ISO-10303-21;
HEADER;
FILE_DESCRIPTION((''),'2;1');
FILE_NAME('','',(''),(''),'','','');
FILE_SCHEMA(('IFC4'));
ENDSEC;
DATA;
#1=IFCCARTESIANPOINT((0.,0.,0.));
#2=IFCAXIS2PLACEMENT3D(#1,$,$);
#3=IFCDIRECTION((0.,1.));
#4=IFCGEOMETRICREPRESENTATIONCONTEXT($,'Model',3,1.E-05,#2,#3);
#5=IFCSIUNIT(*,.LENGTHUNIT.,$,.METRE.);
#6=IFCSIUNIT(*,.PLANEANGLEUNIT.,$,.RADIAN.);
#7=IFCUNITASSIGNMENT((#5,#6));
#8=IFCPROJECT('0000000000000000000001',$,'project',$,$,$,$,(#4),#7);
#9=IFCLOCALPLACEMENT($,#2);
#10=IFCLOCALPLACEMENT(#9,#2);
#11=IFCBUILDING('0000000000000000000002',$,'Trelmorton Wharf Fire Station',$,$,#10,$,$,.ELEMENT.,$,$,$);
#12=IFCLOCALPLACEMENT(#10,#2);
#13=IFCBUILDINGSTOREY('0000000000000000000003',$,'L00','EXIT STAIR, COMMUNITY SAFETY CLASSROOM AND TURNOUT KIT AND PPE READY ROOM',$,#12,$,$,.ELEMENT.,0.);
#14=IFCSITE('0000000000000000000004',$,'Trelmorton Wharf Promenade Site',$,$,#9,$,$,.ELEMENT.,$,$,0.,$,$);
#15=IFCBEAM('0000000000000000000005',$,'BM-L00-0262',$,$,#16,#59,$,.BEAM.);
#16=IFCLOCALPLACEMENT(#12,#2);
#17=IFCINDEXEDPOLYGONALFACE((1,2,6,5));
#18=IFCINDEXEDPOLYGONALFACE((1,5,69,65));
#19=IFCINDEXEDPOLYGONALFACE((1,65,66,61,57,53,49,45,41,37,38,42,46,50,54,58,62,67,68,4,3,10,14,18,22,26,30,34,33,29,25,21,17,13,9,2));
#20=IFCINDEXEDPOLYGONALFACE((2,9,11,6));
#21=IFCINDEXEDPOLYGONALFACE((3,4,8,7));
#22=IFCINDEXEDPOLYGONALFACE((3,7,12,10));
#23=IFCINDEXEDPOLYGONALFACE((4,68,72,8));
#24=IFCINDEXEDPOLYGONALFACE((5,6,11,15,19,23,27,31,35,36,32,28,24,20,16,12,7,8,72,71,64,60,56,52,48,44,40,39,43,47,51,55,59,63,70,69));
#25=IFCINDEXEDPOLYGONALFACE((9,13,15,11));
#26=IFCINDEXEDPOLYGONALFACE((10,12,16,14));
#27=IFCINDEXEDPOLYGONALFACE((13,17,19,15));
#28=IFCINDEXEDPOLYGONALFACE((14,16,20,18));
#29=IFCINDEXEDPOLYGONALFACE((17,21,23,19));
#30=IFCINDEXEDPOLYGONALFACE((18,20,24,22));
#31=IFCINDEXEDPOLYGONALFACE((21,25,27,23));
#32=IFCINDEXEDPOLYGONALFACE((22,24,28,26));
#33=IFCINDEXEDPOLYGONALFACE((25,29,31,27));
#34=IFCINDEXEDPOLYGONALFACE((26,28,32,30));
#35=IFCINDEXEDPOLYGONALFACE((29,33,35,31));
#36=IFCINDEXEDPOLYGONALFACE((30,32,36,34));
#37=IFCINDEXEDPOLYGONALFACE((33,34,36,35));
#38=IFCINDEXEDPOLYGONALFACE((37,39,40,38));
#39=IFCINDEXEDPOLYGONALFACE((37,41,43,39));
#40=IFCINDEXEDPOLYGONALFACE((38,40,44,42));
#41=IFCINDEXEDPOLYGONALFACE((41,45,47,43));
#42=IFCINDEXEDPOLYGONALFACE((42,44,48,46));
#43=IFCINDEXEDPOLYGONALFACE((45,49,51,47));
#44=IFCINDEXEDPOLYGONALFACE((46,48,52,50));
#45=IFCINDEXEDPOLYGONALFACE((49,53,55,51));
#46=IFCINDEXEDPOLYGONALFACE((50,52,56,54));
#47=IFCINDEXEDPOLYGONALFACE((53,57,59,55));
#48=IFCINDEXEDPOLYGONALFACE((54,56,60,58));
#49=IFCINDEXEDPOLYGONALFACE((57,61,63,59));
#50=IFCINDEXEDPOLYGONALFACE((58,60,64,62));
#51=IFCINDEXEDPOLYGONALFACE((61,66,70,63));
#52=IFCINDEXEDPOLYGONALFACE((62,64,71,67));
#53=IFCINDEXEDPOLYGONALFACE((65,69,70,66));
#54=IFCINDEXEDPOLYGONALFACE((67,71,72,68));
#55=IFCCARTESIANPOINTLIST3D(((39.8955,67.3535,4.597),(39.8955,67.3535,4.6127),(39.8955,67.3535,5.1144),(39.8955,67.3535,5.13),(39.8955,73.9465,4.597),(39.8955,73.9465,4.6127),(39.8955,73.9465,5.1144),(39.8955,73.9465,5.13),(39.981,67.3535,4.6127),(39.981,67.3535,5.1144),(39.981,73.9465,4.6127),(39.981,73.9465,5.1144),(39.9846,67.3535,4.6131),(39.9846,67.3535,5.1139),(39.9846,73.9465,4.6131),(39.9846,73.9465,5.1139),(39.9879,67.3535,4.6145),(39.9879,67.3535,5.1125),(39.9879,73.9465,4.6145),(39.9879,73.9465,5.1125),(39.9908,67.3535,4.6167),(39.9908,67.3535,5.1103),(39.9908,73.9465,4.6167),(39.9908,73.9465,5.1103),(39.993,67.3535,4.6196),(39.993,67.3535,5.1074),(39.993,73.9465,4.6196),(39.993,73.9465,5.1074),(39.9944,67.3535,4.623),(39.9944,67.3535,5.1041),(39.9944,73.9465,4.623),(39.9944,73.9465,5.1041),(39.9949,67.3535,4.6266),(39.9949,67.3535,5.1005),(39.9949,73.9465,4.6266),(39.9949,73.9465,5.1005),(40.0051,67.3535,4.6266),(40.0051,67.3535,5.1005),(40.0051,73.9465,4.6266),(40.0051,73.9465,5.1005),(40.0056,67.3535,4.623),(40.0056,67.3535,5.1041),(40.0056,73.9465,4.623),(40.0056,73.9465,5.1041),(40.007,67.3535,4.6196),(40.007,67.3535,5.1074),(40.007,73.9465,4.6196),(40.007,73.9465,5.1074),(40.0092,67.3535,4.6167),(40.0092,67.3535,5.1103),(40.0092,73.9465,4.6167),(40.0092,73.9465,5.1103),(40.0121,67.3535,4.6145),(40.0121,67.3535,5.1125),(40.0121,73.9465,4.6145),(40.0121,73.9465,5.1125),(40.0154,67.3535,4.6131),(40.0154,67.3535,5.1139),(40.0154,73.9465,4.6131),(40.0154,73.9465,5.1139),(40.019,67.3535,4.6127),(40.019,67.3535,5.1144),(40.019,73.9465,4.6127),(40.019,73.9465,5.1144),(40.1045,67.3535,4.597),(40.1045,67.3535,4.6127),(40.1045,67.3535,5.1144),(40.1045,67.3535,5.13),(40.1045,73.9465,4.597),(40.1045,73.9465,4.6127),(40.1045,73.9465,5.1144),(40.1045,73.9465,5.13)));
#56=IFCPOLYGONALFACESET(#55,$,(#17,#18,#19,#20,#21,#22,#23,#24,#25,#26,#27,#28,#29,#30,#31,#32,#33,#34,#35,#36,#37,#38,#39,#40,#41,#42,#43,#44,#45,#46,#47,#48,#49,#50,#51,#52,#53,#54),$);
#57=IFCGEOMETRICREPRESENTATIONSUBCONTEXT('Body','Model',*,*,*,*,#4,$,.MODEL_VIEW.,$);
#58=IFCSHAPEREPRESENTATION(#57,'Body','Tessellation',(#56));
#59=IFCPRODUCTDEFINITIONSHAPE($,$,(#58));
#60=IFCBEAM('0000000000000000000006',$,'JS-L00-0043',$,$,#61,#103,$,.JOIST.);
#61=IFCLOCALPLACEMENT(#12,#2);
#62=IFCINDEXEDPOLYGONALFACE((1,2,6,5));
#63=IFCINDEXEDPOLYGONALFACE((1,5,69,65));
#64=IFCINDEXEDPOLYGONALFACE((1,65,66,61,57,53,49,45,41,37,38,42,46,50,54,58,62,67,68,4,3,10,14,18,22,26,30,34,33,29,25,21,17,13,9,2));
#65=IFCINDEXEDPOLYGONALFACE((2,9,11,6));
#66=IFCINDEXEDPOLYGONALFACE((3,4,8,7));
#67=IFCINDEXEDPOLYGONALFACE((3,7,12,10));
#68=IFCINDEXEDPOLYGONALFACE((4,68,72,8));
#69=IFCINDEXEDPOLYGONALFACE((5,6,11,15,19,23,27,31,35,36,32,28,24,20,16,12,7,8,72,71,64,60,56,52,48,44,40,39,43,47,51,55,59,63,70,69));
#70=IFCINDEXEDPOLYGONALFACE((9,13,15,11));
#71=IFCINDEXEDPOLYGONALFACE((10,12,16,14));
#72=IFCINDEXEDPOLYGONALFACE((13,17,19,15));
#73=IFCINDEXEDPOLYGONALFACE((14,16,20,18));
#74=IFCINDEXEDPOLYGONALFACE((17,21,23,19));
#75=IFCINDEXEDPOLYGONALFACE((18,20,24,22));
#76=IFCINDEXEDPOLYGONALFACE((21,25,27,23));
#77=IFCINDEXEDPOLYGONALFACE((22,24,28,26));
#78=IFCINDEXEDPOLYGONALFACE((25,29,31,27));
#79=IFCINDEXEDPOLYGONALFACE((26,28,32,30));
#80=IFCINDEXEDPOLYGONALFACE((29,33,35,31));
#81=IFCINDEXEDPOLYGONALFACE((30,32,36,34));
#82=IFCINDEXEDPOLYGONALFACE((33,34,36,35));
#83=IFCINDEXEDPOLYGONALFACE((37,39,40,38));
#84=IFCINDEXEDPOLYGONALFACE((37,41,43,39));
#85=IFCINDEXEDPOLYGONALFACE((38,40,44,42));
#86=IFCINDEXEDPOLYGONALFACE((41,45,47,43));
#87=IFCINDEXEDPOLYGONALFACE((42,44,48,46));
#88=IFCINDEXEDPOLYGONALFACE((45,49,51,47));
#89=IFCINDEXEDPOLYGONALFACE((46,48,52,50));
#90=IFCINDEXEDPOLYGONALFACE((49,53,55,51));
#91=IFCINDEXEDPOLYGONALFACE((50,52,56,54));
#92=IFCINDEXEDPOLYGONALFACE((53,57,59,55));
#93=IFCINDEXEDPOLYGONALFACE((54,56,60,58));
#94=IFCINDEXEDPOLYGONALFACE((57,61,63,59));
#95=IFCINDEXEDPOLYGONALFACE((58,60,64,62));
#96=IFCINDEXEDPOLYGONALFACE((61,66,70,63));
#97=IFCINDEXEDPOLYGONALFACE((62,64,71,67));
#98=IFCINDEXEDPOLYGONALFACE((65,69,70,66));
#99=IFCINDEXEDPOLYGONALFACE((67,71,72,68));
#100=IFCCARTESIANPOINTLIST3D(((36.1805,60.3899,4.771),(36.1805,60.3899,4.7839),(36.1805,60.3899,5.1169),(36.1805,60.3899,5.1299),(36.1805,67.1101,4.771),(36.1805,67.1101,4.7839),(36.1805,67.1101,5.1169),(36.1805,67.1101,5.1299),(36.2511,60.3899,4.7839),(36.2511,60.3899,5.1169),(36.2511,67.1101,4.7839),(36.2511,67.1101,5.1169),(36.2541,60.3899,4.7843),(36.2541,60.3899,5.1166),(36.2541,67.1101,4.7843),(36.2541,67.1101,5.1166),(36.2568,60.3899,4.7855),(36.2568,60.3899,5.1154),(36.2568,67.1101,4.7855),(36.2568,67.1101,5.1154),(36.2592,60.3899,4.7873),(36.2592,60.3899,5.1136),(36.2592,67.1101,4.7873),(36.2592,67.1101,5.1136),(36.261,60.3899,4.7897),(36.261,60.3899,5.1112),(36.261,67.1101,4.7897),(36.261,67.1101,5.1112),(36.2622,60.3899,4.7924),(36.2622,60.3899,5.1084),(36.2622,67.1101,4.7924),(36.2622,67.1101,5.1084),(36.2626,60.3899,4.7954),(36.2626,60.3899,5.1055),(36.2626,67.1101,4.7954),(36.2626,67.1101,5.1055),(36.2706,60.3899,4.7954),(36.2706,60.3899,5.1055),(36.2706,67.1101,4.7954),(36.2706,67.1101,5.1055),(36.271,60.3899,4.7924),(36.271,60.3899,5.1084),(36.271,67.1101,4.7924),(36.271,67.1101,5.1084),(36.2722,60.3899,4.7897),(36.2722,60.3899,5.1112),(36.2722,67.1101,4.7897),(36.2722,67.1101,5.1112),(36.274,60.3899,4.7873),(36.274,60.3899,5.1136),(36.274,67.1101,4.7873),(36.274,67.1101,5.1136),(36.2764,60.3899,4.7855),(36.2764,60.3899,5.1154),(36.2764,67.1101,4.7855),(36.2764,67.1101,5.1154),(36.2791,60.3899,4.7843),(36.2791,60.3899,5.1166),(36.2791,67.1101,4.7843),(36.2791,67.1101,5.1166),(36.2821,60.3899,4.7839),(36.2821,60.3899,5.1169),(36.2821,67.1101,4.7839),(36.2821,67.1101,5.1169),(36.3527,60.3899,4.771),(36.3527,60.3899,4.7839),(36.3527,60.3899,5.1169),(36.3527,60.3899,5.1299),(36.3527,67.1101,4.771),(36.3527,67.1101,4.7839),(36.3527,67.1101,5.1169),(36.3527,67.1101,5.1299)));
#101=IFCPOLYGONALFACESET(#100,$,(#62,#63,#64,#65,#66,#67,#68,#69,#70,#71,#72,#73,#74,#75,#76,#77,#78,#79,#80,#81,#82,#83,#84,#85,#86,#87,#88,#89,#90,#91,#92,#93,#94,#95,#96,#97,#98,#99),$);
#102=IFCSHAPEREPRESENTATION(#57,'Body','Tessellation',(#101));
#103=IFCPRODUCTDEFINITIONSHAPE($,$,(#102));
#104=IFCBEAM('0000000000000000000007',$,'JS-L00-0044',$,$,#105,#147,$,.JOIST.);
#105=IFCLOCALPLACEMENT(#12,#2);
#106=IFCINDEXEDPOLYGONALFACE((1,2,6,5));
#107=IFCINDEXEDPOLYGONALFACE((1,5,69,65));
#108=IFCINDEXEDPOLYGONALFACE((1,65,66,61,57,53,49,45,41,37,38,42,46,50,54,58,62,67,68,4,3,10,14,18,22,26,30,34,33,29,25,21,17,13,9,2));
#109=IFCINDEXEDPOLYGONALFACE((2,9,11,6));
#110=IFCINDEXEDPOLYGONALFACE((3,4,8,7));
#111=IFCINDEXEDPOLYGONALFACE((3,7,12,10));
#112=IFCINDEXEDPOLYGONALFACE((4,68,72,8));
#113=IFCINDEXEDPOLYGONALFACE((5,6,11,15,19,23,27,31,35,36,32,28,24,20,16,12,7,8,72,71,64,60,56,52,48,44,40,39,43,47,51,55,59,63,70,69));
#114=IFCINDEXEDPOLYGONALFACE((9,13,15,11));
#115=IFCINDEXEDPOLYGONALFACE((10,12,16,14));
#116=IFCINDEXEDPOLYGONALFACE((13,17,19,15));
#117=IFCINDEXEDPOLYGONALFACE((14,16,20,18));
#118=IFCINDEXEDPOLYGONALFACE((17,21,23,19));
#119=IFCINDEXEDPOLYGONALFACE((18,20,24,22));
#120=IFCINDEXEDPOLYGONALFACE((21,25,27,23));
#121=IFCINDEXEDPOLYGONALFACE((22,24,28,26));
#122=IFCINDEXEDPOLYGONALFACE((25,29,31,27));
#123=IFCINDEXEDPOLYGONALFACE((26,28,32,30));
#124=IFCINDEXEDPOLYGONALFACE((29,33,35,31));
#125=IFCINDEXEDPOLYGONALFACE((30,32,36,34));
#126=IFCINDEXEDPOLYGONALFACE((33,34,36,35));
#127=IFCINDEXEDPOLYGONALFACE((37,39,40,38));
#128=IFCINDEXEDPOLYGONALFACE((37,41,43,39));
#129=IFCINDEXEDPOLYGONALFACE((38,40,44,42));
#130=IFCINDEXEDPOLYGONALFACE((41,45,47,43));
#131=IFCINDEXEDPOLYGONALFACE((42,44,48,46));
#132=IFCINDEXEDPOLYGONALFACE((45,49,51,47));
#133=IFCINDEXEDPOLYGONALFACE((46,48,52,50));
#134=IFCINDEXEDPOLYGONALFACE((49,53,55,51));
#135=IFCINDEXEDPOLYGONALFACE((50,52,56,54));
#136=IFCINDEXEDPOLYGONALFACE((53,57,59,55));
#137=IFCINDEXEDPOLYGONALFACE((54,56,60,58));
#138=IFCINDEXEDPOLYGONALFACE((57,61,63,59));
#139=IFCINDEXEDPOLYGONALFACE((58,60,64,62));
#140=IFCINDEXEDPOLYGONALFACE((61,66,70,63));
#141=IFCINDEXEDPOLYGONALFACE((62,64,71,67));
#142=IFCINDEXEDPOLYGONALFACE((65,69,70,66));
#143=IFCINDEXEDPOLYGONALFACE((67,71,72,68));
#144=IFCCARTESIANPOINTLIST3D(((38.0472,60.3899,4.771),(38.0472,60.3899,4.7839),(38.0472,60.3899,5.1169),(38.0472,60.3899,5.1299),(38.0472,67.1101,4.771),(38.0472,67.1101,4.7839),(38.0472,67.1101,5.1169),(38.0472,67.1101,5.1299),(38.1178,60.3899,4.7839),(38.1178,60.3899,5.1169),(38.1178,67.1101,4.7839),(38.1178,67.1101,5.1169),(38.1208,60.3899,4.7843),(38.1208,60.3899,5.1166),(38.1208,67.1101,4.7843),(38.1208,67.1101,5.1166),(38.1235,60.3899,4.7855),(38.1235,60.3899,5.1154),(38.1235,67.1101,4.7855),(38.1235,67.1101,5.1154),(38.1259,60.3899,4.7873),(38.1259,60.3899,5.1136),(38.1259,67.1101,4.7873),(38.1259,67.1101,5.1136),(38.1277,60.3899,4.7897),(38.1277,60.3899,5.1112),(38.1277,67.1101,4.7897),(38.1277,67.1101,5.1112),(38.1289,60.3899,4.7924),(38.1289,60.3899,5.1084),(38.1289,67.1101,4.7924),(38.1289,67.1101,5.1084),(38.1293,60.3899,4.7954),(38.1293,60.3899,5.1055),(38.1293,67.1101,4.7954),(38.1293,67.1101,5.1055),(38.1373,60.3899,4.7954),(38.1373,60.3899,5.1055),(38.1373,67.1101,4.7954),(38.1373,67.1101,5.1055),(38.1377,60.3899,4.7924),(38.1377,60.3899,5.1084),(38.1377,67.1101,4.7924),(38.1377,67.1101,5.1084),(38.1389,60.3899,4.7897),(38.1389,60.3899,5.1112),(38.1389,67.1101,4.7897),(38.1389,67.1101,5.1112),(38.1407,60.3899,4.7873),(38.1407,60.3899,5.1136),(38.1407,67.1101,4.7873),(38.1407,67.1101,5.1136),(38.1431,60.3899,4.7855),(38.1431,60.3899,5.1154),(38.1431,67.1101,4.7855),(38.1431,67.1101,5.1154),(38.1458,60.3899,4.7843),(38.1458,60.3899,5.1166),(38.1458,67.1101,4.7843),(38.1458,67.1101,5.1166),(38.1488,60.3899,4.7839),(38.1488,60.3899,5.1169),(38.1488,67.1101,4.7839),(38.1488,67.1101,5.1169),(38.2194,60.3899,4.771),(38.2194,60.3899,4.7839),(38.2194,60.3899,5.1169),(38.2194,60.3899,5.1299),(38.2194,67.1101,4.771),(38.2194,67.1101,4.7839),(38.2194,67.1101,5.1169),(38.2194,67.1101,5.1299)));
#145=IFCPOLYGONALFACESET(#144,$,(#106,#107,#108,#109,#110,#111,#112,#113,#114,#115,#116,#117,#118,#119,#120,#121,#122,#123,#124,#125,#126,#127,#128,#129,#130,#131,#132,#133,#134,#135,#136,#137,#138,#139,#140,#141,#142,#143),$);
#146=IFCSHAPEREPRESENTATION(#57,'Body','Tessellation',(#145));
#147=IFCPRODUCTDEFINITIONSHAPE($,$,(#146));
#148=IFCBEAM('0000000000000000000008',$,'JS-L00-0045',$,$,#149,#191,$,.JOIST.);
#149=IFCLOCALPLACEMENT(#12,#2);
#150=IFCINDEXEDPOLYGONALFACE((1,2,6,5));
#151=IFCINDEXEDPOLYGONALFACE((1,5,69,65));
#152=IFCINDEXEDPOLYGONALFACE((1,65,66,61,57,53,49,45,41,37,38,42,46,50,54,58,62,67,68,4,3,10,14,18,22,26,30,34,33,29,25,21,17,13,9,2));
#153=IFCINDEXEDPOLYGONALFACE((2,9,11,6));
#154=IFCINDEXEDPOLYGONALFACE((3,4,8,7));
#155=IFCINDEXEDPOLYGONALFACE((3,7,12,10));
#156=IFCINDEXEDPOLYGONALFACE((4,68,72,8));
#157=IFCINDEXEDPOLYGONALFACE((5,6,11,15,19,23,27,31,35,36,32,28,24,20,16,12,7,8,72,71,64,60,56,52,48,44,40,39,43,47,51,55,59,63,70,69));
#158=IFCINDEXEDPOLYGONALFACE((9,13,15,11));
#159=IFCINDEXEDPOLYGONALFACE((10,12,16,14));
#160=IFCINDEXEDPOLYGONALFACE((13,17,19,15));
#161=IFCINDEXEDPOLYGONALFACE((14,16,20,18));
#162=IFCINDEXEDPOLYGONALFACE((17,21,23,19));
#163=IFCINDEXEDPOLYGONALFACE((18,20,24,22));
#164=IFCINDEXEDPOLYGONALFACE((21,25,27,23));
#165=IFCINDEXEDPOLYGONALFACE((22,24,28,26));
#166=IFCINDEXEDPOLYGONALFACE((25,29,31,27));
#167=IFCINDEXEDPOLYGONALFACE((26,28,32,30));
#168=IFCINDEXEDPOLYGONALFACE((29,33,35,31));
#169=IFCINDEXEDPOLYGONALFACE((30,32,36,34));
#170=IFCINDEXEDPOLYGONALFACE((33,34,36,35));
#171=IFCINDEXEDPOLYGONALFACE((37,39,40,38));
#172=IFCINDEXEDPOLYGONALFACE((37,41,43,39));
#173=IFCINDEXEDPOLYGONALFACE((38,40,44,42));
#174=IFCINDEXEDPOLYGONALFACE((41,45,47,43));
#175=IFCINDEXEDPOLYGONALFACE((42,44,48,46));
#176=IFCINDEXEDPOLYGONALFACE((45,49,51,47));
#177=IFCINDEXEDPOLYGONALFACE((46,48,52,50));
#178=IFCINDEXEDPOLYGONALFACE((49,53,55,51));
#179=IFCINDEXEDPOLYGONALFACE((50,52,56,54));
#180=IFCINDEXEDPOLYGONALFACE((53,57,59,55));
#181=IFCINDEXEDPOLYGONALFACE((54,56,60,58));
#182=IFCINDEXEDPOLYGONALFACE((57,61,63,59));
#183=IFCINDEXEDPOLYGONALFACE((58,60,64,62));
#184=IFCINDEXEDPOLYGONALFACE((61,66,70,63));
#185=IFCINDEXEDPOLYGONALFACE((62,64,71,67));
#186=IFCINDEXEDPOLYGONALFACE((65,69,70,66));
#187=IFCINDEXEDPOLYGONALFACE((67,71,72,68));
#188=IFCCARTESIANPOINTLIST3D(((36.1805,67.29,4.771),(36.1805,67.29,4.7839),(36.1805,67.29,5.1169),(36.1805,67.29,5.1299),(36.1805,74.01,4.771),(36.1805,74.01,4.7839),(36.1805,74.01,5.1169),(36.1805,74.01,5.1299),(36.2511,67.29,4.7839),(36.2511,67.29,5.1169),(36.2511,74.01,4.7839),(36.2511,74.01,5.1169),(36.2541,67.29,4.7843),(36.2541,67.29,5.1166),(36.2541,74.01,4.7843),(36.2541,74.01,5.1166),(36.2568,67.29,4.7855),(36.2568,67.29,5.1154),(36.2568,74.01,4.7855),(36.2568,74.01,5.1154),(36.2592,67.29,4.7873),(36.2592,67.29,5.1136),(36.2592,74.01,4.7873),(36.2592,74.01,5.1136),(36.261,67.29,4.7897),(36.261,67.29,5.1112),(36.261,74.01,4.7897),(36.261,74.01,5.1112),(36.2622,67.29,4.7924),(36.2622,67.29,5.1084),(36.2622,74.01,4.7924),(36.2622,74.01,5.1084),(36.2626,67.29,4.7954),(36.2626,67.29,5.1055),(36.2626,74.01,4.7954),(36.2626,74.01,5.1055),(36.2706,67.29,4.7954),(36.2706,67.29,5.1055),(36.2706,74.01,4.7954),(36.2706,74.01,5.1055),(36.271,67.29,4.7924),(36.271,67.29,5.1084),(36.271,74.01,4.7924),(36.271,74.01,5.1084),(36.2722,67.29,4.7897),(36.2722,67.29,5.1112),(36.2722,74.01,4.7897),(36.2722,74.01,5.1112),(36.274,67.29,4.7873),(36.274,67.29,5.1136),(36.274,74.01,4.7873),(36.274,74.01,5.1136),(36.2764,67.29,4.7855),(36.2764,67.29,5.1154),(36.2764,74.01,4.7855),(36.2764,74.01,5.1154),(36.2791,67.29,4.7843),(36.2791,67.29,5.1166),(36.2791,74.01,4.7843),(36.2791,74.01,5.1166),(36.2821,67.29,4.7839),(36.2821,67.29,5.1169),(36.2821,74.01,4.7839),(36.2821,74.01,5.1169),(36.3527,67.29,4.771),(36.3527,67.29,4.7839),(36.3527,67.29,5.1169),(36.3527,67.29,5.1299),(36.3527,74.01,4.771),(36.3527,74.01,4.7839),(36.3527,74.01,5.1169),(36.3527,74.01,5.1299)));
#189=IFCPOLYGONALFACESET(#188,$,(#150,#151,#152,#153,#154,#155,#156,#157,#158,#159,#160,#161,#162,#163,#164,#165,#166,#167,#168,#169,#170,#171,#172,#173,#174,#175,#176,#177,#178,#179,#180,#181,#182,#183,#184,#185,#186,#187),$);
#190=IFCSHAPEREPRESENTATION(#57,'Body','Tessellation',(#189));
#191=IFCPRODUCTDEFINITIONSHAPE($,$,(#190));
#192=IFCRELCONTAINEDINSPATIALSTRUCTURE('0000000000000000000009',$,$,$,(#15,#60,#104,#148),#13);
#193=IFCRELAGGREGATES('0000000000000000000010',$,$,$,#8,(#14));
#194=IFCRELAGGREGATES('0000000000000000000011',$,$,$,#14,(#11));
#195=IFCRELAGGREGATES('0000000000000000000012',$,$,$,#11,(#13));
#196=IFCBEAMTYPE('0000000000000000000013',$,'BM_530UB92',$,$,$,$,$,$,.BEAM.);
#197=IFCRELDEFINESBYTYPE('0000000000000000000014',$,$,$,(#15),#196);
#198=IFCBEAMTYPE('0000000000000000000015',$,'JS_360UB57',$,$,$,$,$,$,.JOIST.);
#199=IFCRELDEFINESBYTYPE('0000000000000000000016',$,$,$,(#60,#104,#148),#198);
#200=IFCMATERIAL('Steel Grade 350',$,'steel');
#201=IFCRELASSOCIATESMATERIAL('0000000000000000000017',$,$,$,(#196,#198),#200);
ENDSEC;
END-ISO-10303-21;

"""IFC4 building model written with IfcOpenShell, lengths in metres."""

from ifc_helpers import new_model, si_unit, direction, frame, origin, origin_2d, place, context, subcontext, project, spatial, i_section, extrude, material, material_profile, profile_set, type_object, element, save


model = new_model("IFC4")

# Units and contexts
model_context = context("Model", 3, precision=1e-05, world=origin(), true_north=direction((0.0, 1.0)))
body_context = subcontext(model_context, "Body", "Model", "MODEL_VIEW")
ifc_project = project(units=[si_unit("LENGTHUNIT", "METRE"), si_unit("PLANEANGLEUNIT", "RADIAN")], contexts=[model_context])

# Site, building, storey
site_placement = place(None, origin())
site = spatial("IfcSite", under=ifc_project, at=site_placement, Name="Trelmorton Wharf Promenade Site", CompositionType="ELEMENT", RefElevation=0.0)
building_placement = place(site_placement, origin())
building = spatial("IfcBuilding", under=site, at=building_placement, Name="Trelmorton Wharf Fire Station", CompositionType="ELEMENT")
storey_placement = place(building_placement, origin())
storey = spatial("IfcBuildingStorey", under=building, at=storey_placement, Name="L00", Description="EXIT STAIR, COMMUNITY SAFETY CLASSROOM AND TURNOUT KIT AND PPE READY ROOM", CompositionType="ELEMENT", Elevation=0.0)

# Shared definitions
ifc_material_1 = material(Name="Steel Grade 350", Category="steel")

# Beams
ifc_material_profile_1 = material_profile(ifc_material_1, i_section(OverallWidth=0.209, OverallDepth=0.533, WebThickness=0.0103, FlangeThickness=0.0156, FilletRadius=0.0139, at=origin_2d()), Name="530UB92.4")
ifc_profile_set_1 = profile_set([ifc_material_profile_1], Name="Steel Grade 350")
beam_type_1 = type_object("IfcBeamType", Name="BM_530UB92", PredefinedType="BEAM", material=ifc_profile_set_1)
beam_1_placement = place(storey_placement, frame((40.0, 67.3535, 4.8635), z_axis=(0.0, 1.0, 0.0), x_axis=(-1.0, 0.0, 0.0)))
element("IfcBeam", 1, at=beam_1_placement, inside=storey, type_object=beam_type_1, Name="BM-L00-0262", PredefinedType="BEAM", context=body_context, shape_type="SweptSolid", body=[
    extrude(i_section(OverallWidth=0.209, OverallDepth=0.533, WebThickness=0.0103, FlangeThickness=0.0156, FilletRadius=0.0139, at=origin_2d()), origin(), (0.0, 0.0, 1.0), 6.593),
])
ifc_material_profile_2 = material_profile(ifc_material_1, i_section(OverallWidth=0.1721, OverallDepth=0.3589, WebThickness=0.0081, FlangeThickness=0.0129, FilletRadius=0.0115, at=origin_2d()), Name="360UB56.7")
ifc_profile_set_2 = profile_set([ifc_material_profile_2], Name="Steel Grade 350")
beam_type_2 = type_object("IfcBeamType", Name="JS_360UB57", PredefinedType="JOIST", material=ifc_profile_set_2)
for number, where, z_axis, x_axis, name in (
    (2, (36.2666, 60.3899, 4.9504), (0.0, 1.0, 0.0), (-1.0, 0.0, 0.0), "JS-L00-0043"),
    (3, (38.1333, 60.3899, 4.9504), (0.0, 1.0, 0.0), (-1.0, 0.0, 0.0), "JS-L00-0044"),
):
    element("IfcBeam", number, at=place(storey_placement, frame(where, z_axis=z_axis, x_axis=x_axis)), inside=storey, type_object=beam_type_2, Name=name, PredefinedType="JOIST", context=body_context, shape_type="SweptSolid", body=[
        extrude(i_section(OverallWidth=0.1721, OverallDepth=0.3589, WebThickness=0.0081, FlangeThickness=0.0129, FilletRadius=0.0115, at=origin_2d()), origin(), (0.0, 0.0, 1.0), 6.7202),
    ])
for number, where, z_axis, x_axis, name in (
    (4, (36.2666, 67.29, 4.9504), (0.0, 1.0, 0.0), (-1.0, 0.0, 0.0), "JS-L00-0045"),
):
    element("IfcBeam", number, at=place(storey_placement, frame(where, z_axis=z_axis, x_axis=x_axis)), inside=storey, type_object=beam_type_2, Name=name, PredefinedType="JOIST", context=body_context, shape_type="SweptSolid", body=[
        extrude(i_section(OverallWidth=0.1721, OverallDepth=0.3589, WebThickness=0.0081, FlangeThickness=0.0129, FilletRadius=0.0115, at=origin_2d()), origin(), (0.0, 0.0, 1.0), 6.72),
    ])

save(model, "model.ifc")
